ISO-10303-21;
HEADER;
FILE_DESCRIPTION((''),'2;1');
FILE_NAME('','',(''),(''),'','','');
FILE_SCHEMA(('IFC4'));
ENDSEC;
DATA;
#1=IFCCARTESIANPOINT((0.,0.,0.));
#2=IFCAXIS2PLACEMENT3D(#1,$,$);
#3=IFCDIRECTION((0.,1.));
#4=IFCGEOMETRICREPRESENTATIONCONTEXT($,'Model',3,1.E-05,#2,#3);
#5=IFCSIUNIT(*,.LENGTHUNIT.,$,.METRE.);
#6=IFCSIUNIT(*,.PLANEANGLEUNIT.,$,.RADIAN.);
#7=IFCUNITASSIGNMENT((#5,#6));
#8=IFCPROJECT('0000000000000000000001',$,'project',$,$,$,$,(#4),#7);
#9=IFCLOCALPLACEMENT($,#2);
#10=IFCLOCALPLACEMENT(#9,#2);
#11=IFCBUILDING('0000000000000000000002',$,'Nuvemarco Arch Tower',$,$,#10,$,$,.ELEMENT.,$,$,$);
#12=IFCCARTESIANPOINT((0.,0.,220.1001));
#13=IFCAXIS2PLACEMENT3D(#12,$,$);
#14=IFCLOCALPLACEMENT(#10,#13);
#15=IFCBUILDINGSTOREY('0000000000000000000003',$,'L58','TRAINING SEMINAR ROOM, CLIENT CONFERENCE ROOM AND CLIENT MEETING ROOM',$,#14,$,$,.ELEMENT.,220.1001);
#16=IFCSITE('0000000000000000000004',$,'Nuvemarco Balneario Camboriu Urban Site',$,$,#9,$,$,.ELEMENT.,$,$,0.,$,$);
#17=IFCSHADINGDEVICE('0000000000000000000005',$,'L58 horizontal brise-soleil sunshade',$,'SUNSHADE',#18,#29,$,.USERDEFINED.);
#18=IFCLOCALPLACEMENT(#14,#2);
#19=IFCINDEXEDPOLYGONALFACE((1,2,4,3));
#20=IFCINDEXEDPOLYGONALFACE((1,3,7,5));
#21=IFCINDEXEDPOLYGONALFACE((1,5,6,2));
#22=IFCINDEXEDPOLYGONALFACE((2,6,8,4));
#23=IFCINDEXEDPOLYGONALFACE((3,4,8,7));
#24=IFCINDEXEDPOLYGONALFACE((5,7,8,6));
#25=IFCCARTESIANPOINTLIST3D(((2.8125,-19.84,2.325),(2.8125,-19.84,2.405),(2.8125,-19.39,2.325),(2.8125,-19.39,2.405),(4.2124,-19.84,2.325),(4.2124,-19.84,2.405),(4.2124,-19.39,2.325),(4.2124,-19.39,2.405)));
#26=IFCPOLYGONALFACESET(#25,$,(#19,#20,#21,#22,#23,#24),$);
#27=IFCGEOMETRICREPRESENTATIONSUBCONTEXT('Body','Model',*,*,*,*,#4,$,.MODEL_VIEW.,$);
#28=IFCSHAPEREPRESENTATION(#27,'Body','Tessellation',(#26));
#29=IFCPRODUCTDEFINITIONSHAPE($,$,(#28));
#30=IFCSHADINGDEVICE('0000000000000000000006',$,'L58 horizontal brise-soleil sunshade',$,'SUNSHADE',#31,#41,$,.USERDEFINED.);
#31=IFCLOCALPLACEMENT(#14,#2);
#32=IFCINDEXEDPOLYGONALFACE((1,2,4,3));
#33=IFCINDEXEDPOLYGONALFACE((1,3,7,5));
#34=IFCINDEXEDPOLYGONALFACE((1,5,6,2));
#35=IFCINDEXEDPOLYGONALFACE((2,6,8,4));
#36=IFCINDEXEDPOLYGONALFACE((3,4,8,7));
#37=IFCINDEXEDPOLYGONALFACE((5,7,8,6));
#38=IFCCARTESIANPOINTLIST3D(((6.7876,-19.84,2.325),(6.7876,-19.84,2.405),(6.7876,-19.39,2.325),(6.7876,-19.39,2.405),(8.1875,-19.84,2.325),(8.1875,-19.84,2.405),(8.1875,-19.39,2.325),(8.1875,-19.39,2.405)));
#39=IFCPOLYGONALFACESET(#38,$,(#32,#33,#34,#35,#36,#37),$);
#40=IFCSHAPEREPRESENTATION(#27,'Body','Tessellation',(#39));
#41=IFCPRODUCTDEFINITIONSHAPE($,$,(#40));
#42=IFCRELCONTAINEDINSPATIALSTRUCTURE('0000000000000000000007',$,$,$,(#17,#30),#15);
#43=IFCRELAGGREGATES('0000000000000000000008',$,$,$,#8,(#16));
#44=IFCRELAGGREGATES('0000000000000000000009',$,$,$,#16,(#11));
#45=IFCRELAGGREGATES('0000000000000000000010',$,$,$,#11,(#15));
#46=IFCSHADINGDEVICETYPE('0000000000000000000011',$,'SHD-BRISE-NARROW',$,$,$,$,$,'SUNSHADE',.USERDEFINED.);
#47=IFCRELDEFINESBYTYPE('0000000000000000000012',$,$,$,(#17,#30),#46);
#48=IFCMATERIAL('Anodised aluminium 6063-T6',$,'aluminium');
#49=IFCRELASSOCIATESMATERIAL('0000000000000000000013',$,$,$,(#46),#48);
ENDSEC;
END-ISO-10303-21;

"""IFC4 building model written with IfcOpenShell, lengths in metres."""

from ifc_helpers import new_model, si_unit, direction, frame, origin, origin_2d, place, context, subcontext, project, spatial, rectangle, extrude, source, transform, mapped, material, type_object, type_shapes, element, save


model = new_model("IFC4")

# Units and contexts
model_context = context("Model", 3, precision=1e-05, world=origin(), true_north=direction((0.0, 1.0)))
body_context = subcontext(model_context, "Body", "Model", "MODEL_VIEW")
ifc_project = project(units=[si_unit("LENGTHUNIT", "METRE"), si_unit("PLANEANGLEUNIT", "RADIAN")], contexts=[model_context])

# Site, building, storey
site_placement = place(None, origin())
site = spatial("IfcSite", under=ifc_project, at=site_placement, Name="Nuvemarco Balneario Camboriu Urban Site", CompositionType="ELEMENT", RefElevation=0.0)
building_placement = place(site_placement, origin())
building = spatial("IfcBuilding", under=site, at=building_placement, Name="Nuvemarco Arch Tower", CompositionType="ELEMENT")
storey_placement = place(building_placement, frame((0.0, 0.0, 220.1001)))
storey = spatial("IfcBuildingStorey", under=building, at=storey_placement, Name="L58", Description="TRAINING SEMINAR ROOM, CLIENT CONFERENCE ROOM AND CLIENT MEETING ROOM", CompositionType="ELEMENT", Elevation=220.1001)

# Shading devices
ifc_material_1 = material(Name="Anodised aluminium 6063-T6", Category="aluminium")
shading_device_type = type_object("IfcShadingDeviceType", Name="SHD-BRISE-NARROW", ElementType="SUNSHADE", PredefinedType="USERDEFINED", material=ifc_material_1)
shared_shape_1 = source(origin(), body_context, "Body", "SweptSolid", [
    extrude(rectangle(XDim=1.3999, YDim=0.45, at=origin_2d()), origin(), (0.0, 0.0, 1.0), 0.0801),
])
type_shapes(shading_device_type, [shared_shape_1])
for number, where, z_axis, x_axis, name in (
    (1, (3.5125, -19.615, 2.325), (0.0, 0.0, 1.0), (1.0, 0.0, 0.0), "L58 horizontal brise-soleil sunshade"),
    (2, (7.4875, -19.615, 2.325), (0.0, 0.0, 1.0), (1.0, 0.0, 0.0), "L58 horizontal brise-soleil sunshade"),
):
    element("IfcShadingDevice", number, at=place(storey_placement, frame(where, z_axis=z_axis, x_axis=x_axis)), inside=storey, type_object=shading_device_type, Name=name, ObjectType="SUNSHADE", PredefinedType="USERDEFINED", context=body_context, shape_type="MappedRepresentation", body=[
        mapped(shared_shape_1, transform((0.0, 0.0, 0.0), scale=1.0)),
    ])

save(model, "model.ifc")
